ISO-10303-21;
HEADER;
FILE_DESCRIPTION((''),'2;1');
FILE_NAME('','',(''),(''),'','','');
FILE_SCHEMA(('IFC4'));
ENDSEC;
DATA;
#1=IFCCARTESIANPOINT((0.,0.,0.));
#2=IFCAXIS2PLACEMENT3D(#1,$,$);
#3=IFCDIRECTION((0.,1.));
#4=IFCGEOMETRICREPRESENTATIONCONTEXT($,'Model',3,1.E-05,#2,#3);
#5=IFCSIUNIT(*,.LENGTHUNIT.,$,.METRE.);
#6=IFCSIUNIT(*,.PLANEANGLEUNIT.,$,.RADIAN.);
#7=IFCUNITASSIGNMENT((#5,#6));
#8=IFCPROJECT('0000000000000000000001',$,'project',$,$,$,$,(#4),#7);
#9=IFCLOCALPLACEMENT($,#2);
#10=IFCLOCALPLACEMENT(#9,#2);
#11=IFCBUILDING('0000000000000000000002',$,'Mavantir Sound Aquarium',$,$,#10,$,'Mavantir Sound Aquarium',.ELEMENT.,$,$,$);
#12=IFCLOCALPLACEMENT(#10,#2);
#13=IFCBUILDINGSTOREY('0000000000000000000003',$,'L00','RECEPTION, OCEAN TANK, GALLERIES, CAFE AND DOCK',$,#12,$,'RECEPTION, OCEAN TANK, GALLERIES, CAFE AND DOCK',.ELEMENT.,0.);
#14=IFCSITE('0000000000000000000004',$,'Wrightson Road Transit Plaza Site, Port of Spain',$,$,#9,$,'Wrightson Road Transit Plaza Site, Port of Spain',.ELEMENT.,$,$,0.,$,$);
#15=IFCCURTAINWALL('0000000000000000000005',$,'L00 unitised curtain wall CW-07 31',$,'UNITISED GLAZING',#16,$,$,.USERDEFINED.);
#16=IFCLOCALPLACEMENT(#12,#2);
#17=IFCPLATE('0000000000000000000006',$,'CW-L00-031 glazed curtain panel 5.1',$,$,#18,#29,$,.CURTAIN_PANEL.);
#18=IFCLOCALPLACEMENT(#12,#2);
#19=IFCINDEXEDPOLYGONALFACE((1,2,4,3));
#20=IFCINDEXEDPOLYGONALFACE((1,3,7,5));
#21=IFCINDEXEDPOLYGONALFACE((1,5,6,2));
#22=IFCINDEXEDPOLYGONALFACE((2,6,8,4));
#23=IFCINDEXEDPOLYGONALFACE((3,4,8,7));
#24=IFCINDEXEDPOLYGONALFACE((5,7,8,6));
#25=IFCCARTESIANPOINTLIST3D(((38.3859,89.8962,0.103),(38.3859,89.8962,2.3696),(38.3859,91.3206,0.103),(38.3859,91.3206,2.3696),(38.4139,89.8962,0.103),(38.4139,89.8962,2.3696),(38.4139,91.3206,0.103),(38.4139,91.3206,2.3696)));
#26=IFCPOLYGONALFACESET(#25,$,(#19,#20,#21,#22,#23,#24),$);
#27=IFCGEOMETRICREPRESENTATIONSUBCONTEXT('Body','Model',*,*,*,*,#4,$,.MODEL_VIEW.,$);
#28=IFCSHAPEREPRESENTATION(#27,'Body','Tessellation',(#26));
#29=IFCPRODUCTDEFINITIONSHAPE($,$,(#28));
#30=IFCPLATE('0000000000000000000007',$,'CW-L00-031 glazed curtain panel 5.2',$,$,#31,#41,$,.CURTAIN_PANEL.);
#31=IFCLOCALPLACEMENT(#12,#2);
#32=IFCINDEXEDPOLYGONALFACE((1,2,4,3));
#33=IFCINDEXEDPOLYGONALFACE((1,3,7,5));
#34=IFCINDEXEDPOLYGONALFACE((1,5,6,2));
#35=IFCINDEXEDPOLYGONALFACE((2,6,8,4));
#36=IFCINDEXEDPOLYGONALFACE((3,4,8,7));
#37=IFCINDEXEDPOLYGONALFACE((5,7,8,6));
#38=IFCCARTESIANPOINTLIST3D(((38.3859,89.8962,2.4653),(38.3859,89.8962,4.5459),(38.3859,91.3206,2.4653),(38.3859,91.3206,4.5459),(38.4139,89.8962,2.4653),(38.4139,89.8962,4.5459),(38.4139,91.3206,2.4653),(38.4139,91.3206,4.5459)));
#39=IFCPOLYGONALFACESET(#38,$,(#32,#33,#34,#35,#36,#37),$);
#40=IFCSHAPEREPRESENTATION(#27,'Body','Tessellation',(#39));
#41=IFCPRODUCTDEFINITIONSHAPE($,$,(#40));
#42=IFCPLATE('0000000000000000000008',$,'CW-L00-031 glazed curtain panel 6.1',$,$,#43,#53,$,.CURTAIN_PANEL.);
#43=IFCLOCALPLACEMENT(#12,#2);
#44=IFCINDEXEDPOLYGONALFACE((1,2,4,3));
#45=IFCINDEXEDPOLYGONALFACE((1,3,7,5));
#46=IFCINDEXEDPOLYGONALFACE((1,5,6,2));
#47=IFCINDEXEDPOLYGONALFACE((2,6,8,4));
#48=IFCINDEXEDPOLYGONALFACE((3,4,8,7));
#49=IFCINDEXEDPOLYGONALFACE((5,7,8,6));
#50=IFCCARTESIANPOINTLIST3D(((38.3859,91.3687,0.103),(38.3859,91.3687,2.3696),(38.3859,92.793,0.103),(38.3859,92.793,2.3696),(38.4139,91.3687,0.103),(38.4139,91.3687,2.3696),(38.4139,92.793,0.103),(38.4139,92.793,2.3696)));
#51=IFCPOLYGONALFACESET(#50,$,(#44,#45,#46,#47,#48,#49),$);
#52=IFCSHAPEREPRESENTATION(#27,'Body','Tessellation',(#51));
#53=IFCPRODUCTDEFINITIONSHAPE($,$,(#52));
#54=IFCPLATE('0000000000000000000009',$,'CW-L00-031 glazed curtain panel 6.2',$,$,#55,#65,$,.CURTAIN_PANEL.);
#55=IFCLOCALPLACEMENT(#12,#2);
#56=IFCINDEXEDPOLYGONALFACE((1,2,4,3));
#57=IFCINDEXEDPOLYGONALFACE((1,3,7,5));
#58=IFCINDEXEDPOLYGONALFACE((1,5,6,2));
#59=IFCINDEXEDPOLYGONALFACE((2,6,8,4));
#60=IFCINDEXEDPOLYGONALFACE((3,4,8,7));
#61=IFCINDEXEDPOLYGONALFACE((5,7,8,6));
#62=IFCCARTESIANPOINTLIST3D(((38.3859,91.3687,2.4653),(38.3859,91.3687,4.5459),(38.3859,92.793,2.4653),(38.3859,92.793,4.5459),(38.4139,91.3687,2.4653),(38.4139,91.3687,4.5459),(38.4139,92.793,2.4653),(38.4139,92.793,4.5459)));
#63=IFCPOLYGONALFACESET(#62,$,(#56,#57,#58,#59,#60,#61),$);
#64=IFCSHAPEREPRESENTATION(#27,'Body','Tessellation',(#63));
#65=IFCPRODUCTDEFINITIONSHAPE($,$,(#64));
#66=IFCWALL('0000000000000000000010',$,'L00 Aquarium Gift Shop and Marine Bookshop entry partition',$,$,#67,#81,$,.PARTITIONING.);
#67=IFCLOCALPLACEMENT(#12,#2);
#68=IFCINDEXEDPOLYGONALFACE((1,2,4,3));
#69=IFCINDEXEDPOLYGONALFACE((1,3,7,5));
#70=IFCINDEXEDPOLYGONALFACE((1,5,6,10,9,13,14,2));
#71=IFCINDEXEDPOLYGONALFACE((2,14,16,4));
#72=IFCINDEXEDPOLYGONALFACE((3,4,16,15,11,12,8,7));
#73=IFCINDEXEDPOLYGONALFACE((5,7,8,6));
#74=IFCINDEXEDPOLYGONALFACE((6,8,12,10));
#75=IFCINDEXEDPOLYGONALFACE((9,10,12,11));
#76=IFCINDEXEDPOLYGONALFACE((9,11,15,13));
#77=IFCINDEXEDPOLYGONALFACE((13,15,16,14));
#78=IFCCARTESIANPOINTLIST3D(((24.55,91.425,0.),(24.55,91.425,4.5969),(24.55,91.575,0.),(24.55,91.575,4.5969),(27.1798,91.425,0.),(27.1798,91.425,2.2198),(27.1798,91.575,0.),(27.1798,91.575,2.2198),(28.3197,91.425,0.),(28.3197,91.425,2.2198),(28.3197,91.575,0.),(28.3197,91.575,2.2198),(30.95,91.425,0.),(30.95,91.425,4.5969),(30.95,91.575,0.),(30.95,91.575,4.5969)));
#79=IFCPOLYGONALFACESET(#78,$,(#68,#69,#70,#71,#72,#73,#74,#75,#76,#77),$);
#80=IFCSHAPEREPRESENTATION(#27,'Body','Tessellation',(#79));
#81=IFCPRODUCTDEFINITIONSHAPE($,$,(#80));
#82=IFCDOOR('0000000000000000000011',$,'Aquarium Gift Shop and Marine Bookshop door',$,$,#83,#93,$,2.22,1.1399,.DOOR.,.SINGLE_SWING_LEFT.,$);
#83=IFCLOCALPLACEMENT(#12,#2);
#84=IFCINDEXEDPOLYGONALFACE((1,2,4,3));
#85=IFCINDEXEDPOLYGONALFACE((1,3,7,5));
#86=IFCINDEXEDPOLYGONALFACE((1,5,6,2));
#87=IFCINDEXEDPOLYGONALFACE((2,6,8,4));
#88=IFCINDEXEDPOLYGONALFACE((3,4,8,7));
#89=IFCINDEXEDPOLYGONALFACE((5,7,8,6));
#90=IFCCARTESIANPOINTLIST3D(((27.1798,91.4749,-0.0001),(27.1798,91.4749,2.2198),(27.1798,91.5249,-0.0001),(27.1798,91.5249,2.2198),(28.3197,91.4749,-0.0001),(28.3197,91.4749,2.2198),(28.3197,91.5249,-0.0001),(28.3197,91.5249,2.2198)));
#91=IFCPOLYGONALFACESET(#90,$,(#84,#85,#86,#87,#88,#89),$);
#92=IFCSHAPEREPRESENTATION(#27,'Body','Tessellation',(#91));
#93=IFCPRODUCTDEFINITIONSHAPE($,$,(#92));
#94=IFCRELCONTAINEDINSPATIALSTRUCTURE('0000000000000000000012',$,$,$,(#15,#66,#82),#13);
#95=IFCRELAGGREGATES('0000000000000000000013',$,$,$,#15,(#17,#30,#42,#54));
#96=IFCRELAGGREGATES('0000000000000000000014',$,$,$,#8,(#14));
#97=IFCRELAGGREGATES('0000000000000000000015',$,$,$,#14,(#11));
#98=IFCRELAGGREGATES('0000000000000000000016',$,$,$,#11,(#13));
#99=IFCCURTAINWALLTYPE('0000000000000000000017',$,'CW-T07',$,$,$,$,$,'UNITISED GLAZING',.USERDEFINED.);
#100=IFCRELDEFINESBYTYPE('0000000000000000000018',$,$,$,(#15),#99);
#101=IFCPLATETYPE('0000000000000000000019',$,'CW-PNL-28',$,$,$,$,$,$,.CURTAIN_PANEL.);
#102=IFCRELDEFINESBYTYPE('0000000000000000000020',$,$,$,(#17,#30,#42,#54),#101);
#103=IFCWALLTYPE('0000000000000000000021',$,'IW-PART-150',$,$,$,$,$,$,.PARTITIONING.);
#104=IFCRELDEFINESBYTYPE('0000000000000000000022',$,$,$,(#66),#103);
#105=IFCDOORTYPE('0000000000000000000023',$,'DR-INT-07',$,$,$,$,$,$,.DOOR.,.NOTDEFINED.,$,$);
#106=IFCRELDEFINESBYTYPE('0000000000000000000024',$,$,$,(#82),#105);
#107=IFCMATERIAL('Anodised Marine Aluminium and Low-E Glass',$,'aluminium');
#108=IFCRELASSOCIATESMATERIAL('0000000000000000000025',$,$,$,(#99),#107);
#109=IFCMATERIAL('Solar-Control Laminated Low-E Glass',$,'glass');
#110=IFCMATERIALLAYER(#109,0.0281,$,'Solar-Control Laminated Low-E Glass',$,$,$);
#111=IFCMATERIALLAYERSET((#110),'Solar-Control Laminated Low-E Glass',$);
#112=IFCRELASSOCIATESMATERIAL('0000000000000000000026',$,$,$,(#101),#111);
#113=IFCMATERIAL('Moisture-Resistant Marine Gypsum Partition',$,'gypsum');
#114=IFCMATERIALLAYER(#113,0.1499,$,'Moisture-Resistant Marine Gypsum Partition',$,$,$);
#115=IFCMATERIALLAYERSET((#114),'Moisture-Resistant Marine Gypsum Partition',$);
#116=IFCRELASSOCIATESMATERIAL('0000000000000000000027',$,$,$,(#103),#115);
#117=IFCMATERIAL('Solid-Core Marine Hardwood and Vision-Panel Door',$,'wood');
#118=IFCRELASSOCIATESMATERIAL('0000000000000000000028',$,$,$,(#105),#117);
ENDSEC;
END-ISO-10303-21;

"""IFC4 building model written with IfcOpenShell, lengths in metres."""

from ifc_helpers import new_model, si_unit, direction, frame, frame_2d, origin, origin_2d, place, context, subcontext, project, spatial, rectangle, extrude, material, layer, layer_set, type_object, element, fill, aggregate, save


model = new_model("IFC4")

# Units and contexts
model_context = context("Model", 3, precision=1e-05, world=origin(), true_north=direction((0.0, 1.0)))
body_context = subcontext(model_context, "Body", "Model", "MODEL_VIEW")
ifc_project = project(units=[si_unit("LENGTHUNIT", "METRE"), si_unit("PLANEANGLEUNIT", "RADIAN")], contexts=[model_context])

# Site, building, storey
site_placement = place(None, origin())
site = spatial("IfcSite", under=ifc_project, at=site_placement, Name="Wrightson Road Transit Plaza Site, Port of Spain", LongName="Wrightson Road Transit Plaza Site, Port of Spain", CompositionType="ELEMENT", RefElevation=0.0)
building_placement = place(site_placement, origin())
building = spatial("IfcBuilding", under=site, at=building_placement, Name="Mavantir Sound Aquarium", LongName="Mavantir Sound Aquarium", CompositionType="ELEMENT")
storey_placement = place(building_placement, origin())
storey = spatial("IfcBuildingStorey", under=building, at=storey_placement, Name="L00", Description="RECEPTION, OCEAN TANK, GALLERIES, CAFE AND DOCK", LongName="RECEPTION, OCEAN TANK, GALLERIES, CAFE AND DOCK", CompositionType="ELEMENT", Elevation=0.0)

# Curtain wall, plates
ifc_material_1 = material(Name="Anodised Marine Aluminium and Low-E Glass", Category="aluminium")
curtain_wall_type = type_object("IfcCurtainWallType", Name="CW-T07", ElementType="UNITISED GLAZING", PredefinedType="USERDEFINED", material=ifc_material_1)
curtain_wall_placement = place(storey_placement, origin())
curtain_wall = element("IfcCurtainWall", 1, at=curtain_wall_placement, inside=storey, type_object=curtain_wall_type, Name="L00 unitised curtain wall CW-07 31", ObjectType="UNITISED GLAZING", PredefinedType="USERDEFINED")
ifc_material_2 = material(Name="Solar-Control Laminated Low-E Glass", Category="glass")
ifc_layer_1 = layer(ifc_material_2, 0.0281, Name="Solar-Control Laminated Low-E Glass")
ifc_layer_set_1 = layer_set([ifc_layer_1], Name="Solar-Control Laminated Low-E Glass")
plate_type = type_object("IfcPlateType", Name="CW-PNL-28", PredefinedType="CURTAIN_PANEL", material=ifc_layer_set_1)
plate_1_placement = place(storey_placement, frame((38.3999, 90.6084, 0.103), z_axis=(0.0, 0.0, 1.0), x_axis=(0.0, 1.0, 0.0)))
plate_1 = element("IfcPlate", 2, at=plate_1_placement, type_object=plate_type, Name="CW-L00-031 glazed curtain panel 5.1", PredefinedType="CURTAIN_PANEL", context=body_context, shape_type="SweptSolid", body=[
    extrude(rectangle(XDim=1.4243, YDim=0.0281, at=origin_2d()), origin(), (0.0, 0.0, 1.0), 2.2666),
])
plate_2_placement = place(storey_placement, frame((38.3999, 90.6084, 2.4653), z_axis=(0.0, 0.0, 1.0), x_axis=(0.0, 1.0, 0.0)))
plate_2 = element("IfcPlate", 3, at=plate_2_placement, type_object=plate_type, Name="CW-L00-031 glazed curtain panel 5.2", PredefinedType="CURTAIN_PANEL", context=body_context, shape_type="SweptSolid", body=[
    extrude(rectangle(XDim=1.4243, YDim=0.0281, at=origin_2d()), origin(), (0.0, 0.0, 1.0), 2.0806),
])
plate_3_placement = place(storey_placement, frame((38.3999, 92.0808, 0.103), z_axis=(0.0, 0.0, 1.0), x_axis=(0.0, 1.0, 0.0)))
plate_3 = element("IfcPlate", 4, at=plate_3_placement, type_object=plate_type, Name="CW-L00-031 glazed curtain panel 6.1", PredefinedType="CURTAIN_PANEL", context=body_context, shape_type="SweptSolid", body=[
    extrude(rectangle(XDim=1.4243, YDim=0.0281, at=origin_2d()), origin(), (0.0, 0.0, 1.0), 2.2666),
])
plate_4_placement = place(storey_placement, frame((38.3999, 92.0808, 2.4653), z_axis=(0.0, 0.0, 1.0), x_axis=(0.0, 1.0, 0.0)))
plate_4 = element("IfcPlate", 5, at=plate_4_placement, type_object=plate_type, Name="CW-L00-031 glazed curtain panel 6.2", PredefinedType="CURTAIN_PANEL", context=body_context, shape_type="SweptSolid", body=[
    extrude(rectangle(XDim=1.4243, YDim=0.0281, at=origin_2d()), origin(), (0.0, 0.0, 1.0), 2.0806),
])
aggregate(curtain_wall, [plate_1, plate_2, plate_3, plate_4])

# Wall, opening, door
ifc_material_3 = material(Name="Moisture-Resistant Marine Gypsum Partition", Category="gypsum")
ifc_layer_2 = layer(ifc_material_3, 0.1499, Name="Moisture-Resistant Marine Gypsum Partition")
ifc_layer_set_2 = layer_set([ifc_layer_2], Name="Moisture-Resistant Marine Gypsum Partition")
wall_type = type_object("IfcWallType", Name="IW-PART-150", PredefinedType="PARTITIONING", material=ifc_layer_set_2)
wall_placement = place(storey_placement, frame((24.55, 91.5, 0.0), z_axis=(0.0, 0.0, 1.0), x_axis=(1.0, 0.0, 0.0)))
wall = element("IfcWall", 6, at=wall_placement, inside=storey, type_object=wall_type, Name="L00 Aquarium Gift Shop and Marine Bookshop entry partition", PredefinedType="PARTITIONING", context=body_context, shape_type="SweptSolid", body=[
    extrude(rectangle(XDim=6.3999, YDim=0.1499, at=frame_2d((3.2, 0.0))), origin(), (0.0, 0.0, 1.0), 4.5969),
])
opening_placement = place(wall_placement, frame((2.6299, 0.0, 0.0)))
opening = element("IfcOpeningElement", 7, at=opening_placement, cuts=wall, PredefinedType="OPENING", context=body_context, shape_type="SweptSolid", body=[
    extrude(rectangle(XDim=1.1399, YDim=2.22, at=frame_2d((0.5698, 1.1099))), frame((0.0, 0.085, 0.0), z_axis=(0.0, -1.0, 0.0), x_axis=(1.0, 0.0, 0.0)), (0.0, 0.0, 1.0), 0.1699),
])
ifc_material_4 = material(Name="Solid-Core Marine Hardwood and Vision-Panel Door", Category="wood")
door_type = type_object("IfcDoorType", Name="DR-INT-07", OperationType="NOTDEFINED", PredefinedType="DOOR", material=ifc_material_4)
door_placement = place(opening_placement, origin())
door = element("IfcDoor", 8, at=door_placement, inside=storey, type_object=door_type, Name="Aquarium Gift Shop and Marine Bookshop door", OperationType="SINGLE_SWING_LEFT", OverallHeight=2.22, OverallWidth=1.1399, PredefinedType="DOOR", context=body_context, shape_type="SweptSolid", body=[
    extrude(rectangle(XDim=1.1399, YDim=2.22, at=frame_2d((0.5698, 1.1099))), frame((0.0, 0.0249, 0.0), z_axis=(0.0, -1.0, 0.0), x_axis=(1.0, 0.0, 0.0)), (0.0, 0.0, 1.0), 0.05),
])
fill(opening, door)

save(model, "model.ifc")
